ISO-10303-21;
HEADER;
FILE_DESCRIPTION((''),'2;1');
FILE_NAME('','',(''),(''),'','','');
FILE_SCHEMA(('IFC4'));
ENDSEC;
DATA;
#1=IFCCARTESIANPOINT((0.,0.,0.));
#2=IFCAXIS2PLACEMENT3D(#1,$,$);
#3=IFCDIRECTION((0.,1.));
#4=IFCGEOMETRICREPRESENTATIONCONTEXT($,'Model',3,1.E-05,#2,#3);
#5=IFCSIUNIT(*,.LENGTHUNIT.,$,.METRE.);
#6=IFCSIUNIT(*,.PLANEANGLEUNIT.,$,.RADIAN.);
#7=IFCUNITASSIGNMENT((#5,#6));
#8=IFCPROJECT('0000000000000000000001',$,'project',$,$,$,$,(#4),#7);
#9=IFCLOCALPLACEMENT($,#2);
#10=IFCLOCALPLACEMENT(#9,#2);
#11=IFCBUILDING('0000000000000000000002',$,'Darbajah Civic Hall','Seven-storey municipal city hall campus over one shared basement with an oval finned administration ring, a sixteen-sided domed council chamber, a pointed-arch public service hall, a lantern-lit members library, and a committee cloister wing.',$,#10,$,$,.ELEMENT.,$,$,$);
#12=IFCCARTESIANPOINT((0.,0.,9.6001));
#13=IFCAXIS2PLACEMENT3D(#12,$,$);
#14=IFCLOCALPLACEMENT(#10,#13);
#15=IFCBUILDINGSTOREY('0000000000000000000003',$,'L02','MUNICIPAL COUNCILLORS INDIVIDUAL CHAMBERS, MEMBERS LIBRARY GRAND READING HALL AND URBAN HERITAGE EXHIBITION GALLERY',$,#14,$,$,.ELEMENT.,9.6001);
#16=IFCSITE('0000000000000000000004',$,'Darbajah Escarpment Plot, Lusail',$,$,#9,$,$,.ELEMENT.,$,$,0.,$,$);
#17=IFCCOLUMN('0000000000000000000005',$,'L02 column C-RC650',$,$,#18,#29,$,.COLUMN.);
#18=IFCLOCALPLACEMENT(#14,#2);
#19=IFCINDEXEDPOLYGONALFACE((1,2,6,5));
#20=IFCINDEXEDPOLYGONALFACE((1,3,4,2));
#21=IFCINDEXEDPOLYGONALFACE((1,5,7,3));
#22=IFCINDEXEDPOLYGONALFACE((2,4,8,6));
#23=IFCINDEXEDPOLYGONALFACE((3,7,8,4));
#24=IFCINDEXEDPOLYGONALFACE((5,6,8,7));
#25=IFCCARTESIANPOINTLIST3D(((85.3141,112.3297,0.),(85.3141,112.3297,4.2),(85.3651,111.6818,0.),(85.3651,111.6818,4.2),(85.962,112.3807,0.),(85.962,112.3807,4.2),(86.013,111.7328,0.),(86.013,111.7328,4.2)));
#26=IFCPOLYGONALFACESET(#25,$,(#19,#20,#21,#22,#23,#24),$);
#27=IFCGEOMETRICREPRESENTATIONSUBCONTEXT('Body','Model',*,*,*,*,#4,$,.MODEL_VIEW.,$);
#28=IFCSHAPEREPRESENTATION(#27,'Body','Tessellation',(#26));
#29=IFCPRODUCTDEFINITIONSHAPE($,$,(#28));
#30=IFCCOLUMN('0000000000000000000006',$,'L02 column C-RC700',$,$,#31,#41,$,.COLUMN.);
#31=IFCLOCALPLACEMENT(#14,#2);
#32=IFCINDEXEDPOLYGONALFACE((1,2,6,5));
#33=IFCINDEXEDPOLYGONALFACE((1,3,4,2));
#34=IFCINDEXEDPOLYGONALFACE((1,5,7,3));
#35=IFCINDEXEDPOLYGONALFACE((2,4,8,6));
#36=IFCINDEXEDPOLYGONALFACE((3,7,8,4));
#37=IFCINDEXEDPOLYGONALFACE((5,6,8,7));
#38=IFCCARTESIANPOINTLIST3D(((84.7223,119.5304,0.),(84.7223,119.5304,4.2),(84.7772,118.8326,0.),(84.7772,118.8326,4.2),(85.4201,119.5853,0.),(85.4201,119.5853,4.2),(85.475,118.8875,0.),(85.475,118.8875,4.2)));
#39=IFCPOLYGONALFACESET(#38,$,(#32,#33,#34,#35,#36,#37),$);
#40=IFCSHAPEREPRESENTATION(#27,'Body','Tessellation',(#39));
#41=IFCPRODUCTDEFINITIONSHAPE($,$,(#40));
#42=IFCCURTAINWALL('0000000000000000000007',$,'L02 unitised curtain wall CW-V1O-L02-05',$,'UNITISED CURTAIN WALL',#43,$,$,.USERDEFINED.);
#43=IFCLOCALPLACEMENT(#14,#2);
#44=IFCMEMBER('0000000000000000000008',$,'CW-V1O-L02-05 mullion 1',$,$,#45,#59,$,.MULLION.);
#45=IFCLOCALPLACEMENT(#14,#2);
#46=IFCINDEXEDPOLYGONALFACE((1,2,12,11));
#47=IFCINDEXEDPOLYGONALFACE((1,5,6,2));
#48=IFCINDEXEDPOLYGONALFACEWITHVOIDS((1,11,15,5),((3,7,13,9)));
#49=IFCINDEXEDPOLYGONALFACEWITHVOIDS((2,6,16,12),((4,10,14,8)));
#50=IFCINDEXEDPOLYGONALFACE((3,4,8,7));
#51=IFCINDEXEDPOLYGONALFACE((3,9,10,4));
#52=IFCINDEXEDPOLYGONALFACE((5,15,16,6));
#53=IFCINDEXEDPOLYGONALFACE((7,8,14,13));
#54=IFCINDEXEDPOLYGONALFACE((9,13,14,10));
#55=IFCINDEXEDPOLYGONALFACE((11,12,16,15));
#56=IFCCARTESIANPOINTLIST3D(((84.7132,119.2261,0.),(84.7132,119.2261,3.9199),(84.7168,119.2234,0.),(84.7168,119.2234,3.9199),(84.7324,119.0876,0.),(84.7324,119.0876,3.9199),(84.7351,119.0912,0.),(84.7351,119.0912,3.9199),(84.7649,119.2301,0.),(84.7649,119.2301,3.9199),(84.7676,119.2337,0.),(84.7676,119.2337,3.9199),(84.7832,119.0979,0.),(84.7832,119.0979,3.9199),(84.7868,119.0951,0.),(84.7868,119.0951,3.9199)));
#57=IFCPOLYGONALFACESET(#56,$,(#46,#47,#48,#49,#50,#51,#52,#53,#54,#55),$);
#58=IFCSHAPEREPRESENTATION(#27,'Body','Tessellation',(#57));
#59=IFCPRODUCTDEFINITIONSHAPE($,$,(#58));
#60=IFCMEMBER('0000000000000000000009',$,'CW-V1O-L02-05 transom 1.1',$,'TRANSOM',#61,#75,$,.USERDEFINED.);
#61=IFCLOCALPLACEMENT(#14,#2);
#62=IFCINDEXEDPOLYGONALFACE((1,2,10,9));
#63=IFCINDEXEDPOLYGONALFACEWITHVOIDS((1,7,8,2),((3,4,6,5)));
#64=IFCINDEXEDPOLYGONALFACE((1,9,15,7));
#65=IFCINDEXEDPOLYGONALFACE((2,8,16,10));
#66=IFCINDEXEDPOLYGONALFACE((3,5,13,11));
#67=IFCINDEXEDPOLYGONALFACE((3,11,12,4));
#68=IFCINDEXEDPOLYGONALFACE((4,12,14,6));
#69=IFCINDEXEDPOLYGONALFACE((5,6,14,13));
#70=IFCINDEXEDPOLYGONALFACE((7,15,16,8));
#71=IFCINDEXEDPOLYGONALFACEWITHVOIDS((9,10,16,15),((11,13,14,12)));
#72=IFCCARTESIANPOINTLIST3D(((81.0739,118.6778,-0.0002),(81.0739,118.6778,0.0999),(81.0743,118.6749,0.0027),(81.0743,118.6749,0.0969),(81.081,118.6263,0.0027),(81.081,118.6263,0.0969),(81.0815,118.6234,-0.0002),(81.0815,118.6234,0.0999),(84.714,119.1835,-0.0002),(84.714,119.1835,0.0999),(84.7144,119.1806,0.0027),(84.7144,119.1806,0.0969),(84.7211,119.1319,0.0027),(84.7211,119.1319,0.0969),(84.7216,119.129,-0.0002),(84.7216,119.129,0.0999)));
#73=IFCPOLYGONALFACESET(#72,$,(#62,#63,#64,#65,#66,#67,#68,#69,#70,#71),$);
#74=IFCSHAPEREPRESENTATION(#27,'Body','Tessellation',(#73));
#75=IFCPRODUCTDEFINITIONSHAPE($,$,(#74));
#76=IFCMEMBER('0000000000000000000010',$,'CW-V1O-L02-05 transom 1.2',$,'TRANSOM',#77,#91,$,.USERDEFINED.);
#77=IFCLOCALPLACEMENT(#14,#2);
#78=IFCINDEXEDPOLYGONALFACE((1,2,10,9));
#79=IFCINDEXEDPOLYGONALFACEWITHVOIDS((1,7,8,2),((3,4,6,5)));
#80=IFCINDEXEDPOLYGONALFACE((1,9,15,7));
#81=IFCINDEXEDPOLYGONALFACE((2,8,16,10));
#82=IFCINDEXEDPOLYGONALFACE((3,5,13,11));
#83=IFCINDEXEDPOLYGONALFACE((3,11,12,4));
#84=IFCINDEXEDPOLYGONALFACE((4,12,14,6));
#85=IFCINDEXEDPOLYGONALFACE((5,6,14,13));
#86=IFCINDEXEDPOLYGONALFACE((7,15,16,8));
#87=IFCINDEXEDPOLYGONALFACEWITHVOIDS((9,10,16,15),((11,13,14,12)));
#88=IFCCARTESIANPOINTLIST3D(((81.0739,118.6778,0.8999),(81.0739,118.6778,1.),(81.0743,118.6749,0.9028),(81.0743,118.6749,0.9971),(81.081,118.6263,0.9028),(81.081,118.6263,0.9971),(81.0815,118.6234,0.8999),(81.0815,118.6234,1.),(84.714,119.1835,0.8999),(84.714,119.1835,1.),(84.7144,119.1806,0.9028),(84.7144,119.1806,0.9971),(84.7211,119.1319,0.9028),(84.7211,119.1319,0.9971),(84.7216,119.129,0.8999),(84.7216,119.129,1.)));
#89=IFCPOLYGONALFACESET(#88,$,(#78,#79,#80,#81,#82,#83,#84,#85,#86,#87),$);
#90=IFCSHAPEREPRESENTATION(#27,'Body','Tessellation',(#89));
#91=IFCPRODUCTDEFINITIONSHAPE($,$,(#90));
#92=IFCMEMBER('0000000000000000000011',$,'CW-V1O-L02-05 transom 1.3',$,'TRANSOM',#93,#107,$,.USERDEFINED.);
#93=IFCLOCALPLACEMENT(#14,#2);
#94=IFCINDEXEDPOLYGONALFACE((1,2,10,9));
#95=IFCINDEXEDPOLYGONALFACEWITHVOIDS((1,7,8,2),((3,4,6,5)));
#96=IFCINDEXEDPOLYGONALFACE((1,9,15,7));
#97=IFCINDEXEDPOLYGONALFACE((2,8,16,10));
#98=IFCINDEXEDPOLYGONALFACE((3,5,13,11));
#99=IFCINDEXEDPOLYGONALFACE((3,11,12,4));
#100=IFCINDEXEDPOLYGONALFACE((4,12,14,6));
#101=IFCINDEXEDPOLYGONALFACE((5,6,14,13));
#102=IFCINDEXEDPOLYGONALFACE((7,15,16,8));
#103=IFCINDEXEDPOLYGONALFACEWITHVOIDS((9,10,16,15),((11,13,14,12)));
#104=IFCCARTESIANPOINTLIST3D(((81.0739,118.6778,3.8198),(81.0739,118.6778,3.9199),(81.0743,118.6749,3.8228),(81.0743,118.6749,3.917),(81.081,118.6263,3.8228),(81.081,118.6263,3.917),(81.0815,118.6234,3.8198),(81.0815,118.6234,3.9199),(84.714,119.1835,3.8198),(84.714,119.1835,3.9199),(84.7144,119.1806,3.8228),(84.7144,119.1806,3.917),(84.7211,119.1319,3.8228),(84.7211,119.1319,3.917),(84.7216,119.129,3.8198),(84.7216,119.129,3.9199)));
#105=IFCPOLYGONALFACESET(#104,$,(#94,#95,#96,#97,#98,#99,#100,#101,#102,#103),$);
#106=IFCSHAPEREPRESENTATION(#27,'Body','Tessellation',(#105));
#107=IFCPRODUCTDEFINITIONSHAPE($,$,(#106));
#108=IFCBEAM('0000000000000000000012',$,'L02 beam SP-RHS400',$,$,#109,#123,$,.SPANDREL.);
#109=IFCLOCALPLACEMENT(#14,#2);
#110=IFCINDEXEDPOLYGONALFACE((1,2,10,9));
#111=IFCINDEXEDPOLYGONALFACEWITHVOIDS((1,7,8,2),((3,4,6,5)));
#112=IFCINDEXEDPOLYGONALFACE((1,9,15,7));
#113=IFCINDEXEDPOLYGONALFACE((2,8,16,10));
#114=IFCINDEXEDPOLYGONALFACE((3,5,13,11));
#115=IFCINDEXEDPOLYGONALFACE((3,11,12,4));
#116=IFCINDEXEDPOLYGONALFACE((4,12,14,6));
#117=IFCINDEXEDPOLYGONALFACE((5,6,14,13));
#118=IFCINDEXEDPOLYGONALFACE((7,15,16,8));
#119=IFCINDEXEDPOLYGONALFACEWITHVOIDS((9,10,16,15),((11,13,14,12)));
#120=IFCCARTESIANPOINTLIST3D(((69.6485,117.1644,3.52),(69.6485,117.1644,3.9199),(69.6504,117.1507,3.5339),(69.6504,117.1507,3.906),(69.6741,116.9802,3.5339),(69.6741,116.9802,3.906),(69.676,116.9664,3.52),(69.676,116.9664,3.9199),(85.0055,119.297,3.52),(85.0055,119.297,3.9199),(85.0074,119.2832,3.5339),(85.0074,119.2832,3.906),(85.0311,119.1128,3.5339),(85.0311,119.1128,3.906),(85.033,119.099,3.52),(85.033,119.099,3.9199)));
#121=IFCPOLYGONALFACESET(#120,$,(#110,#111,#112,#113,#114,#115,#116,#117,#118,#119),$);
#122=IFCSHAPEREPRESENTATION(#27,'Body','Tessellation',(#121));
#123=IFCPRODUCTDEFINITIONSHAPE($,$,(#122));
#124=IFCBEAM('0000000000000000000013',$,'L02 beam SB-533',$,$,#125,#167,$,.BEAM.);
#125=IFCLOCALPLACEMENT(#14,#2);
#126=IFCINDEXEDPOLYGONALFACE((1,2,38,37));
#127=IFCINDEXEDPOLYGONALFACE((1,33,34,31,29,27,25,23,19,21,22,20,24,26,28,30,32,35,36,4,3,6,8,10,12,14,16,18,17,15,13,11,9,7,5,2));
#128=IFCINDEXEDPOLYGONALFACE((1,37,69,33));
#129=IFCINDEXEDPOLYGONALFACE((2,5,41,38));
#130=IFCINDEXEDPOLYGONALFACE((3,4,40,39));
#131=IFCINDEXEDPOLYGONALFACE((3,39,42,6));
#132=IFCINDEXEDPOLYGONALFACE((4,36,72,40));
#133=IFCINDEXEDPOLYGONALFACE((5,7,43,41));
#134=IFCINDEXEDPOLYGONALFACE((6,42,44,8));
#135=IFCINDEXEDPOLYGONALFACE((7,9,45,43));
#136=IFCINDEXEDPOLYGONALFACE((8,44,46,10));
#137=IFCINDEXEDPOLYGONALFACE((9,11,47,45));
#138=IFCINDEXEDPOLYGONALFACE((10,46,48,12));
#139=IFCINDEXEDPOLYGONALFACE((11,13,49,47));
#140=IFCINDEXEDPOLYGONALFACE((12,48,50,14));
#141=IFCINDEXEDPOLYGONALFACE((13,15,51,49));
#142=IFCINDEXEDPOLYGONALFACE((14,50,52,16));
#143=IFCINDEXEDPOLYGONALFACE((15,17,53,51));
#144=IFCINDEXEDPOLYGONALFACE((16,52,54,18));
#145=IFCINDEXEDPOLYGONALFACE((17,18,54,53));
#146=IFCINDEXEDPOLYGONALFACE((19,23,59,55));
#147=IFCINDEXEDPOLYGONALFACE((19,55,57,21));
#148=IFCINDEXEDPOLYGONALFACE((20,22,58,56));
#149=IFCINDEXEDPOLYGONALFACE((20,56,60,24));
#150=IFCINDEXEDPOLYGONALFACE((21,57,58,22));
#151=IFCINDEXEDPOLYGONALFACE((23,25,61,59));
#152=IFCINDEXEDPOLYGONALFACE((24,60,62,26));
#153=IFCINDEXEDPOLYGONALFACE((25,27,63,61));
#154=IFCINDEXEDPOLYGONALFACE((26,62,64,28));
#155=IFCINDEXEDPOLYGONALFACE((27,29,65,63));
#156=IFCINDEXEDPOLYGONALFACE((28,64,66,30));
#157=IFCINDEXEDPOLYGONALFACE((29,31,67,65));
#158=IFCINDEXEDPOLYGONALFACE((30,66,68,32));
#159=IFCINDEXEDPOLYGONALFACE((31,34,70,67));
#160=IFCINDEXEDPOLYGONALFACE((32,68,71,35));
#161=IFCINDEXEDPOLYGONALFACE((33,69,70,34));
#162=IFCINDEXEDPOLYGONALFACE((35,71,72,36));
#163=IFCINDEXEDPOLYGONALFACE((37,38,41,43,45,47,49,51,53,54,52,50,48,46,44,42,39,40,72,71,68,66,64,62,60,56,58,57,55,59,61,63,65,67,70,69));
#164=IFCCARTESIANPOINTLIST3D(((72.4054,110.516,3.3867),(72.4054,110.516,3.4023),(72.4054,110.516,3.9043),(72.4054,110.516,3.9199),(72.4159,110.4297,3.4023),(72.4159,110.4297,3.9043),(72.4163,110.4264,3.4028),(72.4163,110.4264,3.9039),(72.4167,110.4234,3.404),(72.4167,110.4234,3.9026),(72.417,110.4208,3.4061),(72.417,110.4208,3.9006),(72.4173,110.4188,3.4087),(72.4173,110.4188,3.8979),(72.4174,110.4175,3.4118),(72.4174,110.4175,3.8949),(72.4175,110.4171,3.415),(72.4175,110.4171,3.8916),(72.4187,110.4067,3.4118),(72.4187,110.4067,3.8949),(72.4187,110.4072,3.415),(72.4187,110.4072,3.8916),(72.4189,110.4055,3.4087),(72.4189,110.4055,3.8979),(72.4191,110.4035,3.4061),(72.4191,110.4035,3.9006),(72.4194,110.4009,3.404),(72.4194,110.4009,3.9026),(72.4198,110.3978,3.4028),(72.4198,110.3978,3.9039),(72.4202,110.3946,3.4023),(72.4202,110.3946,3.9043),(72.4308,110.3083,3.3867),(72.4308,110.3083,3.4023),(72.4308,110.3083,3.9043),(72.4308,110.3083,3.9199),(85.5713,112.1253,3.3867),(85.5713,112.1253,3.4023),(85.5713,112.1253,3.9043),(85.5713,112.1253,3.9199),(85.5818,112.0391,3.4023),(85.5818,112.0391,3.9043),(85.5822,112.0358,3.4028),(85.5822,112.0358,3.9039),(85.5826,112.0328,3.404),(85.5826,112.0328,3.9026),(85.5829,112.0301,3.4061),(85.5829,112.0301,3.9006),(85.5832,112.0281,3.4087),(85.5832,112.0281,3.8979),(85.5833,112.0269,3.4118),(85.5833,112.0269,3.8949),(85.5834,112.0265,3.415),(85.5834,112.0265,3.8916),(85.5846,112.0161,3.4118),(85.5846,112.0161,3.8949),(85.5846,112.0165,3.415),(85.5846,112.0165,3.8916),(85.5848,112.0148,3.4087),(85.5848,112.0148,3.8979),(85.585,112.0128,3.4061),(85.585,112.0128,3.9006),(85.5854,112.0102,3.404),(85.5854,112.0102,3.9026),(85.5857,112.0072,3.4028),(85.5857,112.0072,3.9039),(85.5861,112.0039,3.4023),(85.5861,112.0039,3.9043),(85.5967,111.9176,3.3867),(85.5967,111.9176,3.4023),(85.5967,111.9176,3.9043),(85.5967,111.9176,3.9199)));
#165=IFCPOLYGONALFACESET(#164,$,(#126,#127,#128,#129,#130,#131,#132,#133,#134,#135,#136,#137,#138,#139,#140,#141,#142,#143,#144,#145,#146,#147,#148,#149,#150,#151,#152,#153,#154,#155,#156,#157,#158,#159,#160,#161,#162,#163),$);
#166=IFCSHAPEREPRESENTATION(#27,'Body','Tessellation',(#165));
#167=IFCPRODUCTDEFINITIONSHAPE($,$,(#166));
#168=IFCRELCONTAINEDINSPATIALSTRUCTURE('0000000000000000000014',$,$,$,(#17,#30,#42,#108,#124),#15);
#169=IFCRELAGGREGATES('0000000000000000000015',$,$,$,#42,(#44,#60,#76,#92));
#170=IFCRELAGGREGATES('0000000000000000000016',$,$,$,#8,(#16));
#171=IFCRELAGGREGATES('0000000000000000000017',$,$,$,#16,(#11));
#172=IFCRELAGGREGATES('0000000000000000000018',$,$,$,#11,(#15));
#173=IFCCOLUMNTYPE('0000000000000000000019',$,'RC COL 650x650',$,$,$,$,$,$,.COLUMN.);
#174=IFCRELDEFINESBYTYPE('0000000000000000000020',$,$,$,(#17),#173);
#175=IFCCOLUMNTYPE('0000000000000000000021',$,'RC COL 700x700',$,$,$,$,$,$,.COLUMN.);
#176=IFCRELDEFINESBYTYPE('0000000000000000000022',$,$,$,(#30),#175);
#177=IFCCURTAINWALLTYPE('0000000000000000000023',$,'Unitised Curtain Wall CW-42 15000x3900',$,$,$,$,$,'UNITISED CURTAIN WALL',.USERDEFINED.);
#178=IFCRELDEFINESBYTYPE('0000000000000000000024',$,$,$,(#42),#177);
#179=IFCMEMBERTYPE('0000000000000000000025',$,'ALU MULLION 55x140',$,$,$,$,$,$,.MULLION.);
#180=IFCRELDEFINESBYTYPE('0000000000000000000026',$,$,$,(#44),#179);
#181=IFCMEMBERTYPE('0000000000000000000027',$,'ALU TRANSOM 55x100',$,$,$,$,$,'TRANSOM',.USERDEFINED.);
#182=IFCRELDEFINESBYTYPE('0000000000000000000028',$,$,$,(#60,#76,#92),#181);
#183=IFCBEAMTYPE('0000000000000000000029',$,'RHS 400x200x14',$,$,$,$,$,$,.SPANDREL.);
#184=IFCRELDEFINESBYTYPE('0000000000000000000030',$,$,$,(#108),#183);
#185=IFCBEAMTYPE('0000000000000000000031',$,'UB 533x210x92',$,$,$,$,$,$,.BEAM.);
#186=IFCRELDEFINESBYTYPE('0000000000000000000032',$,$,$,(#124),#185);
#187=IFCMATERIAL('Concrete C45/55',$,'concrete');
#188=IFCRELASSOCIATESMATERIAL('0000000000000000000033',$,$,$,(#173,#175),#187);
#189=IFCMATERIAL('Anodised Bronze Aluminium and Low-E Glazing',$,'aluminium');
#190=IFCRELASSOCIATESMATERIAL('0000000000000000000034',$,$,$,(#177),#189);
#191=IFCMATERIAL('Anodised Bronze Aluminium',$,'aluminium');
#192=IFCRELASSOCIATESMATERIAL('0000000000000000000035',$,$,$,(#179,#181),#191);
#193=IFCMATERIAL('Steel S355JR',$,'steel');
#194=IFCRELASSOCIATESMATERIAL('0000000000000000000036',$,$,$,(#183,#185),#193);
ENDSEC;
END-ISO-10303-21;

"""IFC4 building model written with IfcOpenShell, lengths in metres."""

from ifc_helpers import new_model, si_unit, direction, frame, origin, origin_2d, place, context, subcontext, project, spatial, rectangle, hollow_rectangle, i_section, extrude, material, material_profile, profile_set, type_object, element, aggregate, save


model = new_model("IFC4")

# Units and contexts
model_context = context("Model", 3, precision=1e-05, world=origin(), true_north=direction((0.0, 1.0)))
body_context = subcontext(model_context, "Body", "Model", "MODEL_VIEW")
ifc_project = project(units=[si_unit("LENGTHUNIT", "METRE"), si_unit("PLANEANGLEUNIT", "RADIAN")], contexts=[model_context])

# Site, building, storey
site_placement = place(None, origin())
site = spatial("IfcSite", under=ifc_project, at=site_placement, Name="Darbajah Escarpment Plot, Lusail", CompositionType="ELEMENT", RefElevation=0.0)
building_placement = place(site_placement, origin())
building = spatial("IfcBuilding", under=site, at=building_placement, Name="Darbajah Civic Hall", Description="Seven-storey municipal city hall campus over one shared basement with an oval finned administration ring, a sixteen-sided domed council chamber, a pointed-arch public service hall, a lantern-lit members library, and a committee cloister wing.", CompositionType="ELEMENT")
storey_placement = place(building_placement, frame((0.0, 0.0, 9.6001)))
storey = spatial("IfcBuildingStorey", under=building, at=storey_placement, Name="L02", Description="MUNICIPAL COUNCILLORS INDIVIDUAL CHAMBERS, MEMBERS LIBRARY GRAND READING HALL AND URBAN HERITAGE EXHIBITION GALLERY", CompositionType="ELEMENT", Elevation=9.6001)

# Columns
ifc_material_1 = material(Name="Concrete C45/55", Category="concrete")
ifc_material_profile_1 = material_profile(ifc_material_1, rectangle(XDim=0.6499, YDim=0.6499, at=origin_2d()), Name="RC COL 650x650")
ifc_profile_set_1 = profile_set([ifc_material_profile_1], Name="Concrete C45/55")
column_type_1 = type_object("IfcColumnType", Name="RC COL 650x650", PredefinedType="COLUMN", material=ifc_profile_set_1)
column_1_placement = place(storey_placement, frame((85.6636, 112.0312, 0.0), z_axis=(0.0, 0.0, 1.0), x_axis=(-0.078459, 0.996917, 0.0)))
element("IfcColumn", 1, at=column_1_placement, inside=storey, type_object=column_type_1, Name="L02 column C-RC650", PredefinedType="COLUMN", context=body_context, shape_type="SweptSolid", body=[
    extrude(rectangle(XDim=0.6499, YDim=0.6499, at=origin_2d()), origin(), (0.0, 0.0, 1.0), 4.2),
])
ifc_material_profile_2 = material_profile(ifc_material_1, rectangle(XDim=0.7, YDim=0.7, at=origin_2d()), Name="RC COL 700x700")
ifc_profile_set_2 = profile_set([ifc_material_profile_2], Name="Concrete C45/55")
column_type_2 = type_object("IfcColumnType", Name="RC COL 700x700", PredefinedType="COLUMN", material=ifc_profile_set_2)
column_2_placement = place(storey_placement, frame((85.0986, 119.209, 0.0), z_axis=(0.0, 0.0, 1.0), x_axis=(-0.078459, 0.996917, 0.0)))
element("IfcColumn", 2, at=column_2_placement, inside=storey, type_object=column_type_2, Name="L02 column C-RC700", PredefinedType="COLUMN", context=body_context, shape_type="SweptSolid", body=[
    extrude(rectangle(XDim=0.7, YDim=0.7, at=origin_2d()), origin(), (0.0, 0.0, 1.0), 4.2),
])

# Curtain wall, members
ifc_material_2 = material(Name="Anodised Bronze Aluminium and Low-E Glazing", Category="aluminium")
curtain_wall_type = type_object("IfcCurtainWallType", Name="Unitised Curtain Wall CW-42 15000x3900", ElementType="UNITISED CURTAIN WALL", PredefinedType="USERDEFINED", material=ifc_material_2)
curtain_wall_placement = place(storey_placement, origin())
curtain_wall = element("IfcCurtainWall", 3, at=curtain_wall_placement, inside=storey, type_object=curtain_wall_type, Name="L02 unitised curtain wall CW-V1O-L02-05", ObjectType="UNITISED CURTAIN WALL", PredefinedType="USERDEFINED")
ifc_material_3 = material(Name="Anodised Bronze Aluminium", Category="aluminium")
ifc_material_profile_3 = material_profile(ifc_material_3, hollow_rectangle(XDim=0.0549, YDim=0.1399, WallThickness=0.0032, at=origin_2d()), Name="ALU MULLION 55x140")
ifc_profile_set_3 = profile_set([ifc_material_profile_3], Name="Anodised Bronze Aluminium")
member_type_1 = type_object("IfcMemberType", Name="ALU MULLION 55x140", PredefinedType="MULLION", material=ifc_profile_set_3)
member_1_placement = place(storey_placement, frame((84.75, 119.1606, 0.0), z_axis=(0.0, 0.0, 1.0), x_axis=(-0.990485, -0.137617, 0.0)))
member_1 = element("IfcMember", 4, at=member_1_placement, type_object=member_type_1, Name="CW-V1O-L02-05 mullion 1", PredefinedType="MULLION", context=body_context, shape_type="SweptSolid", body=[
    extrude(hollow_rectangle(XDim=0.0549, YDim=0.1399, WallThickness=0.0032, at=origin_2d()), origin(), (0.0, 0.0, 1.0), 3.9199),
])
ifc_material_profile_4 = material_profile(ifc_material_3, hollow_rectangle(XDim=0.0549, YDim=0.1001, WallThickness=0.0029, at=origin_2d()), Name="ALU TRANSOM 55x100")
ifc_profile_set_4 = profile_set([ifc_material_profile_4], Name="Anodised Bronze Aluminium")
member_type_2 = type_object("IfcMemberType", Name="ALU TRANSOM 55x100", ElementType="TRANSOM", PredefinedType="USERDEFINED", material=ifc_profile_set_4)
member_2_placement = place(storey_placement, frame((84.7178, 119.1562, 0.0498), z_axis=(-0.990491, -0.137579, 0.0), x_axis=(0.137579, -0.990491, 0.0)))
member_2 = element("IfcMember", 5, at=member_2_placement, type_object=member_type_2, Name="CW-V1O-L02-05 transom 1.1", ObjectType="TRANSOM", PredefinedType="USERDEFINED", context=body_context, shape_type="SweptSolid", body=[
    extrude(hollow_rectangle(XDim=0.0549, YDim=0.1001, WallThickness=0.0029, at=origin_2d()), origin(), (0.0, 0.0, 1.0), 3.675),
])
member_3_placement = place(storey_placement, frame((84.7178, 119.1562, 0.95), z_axis=(-0.990491, -0.137579, 0.0), x_axis=(0.137579, -0.990491, 0.0)))
member_3 = element("IfcMember", 6, at=member_3_placement, type_object=member_type_2, Name="CW-V1O-L02-05 transom 1.2", ObjectType="TRANSOM", PredefinedType="USERDEFINED", context=body_context, shape_type="SweptSolid", body=[
    extrude(hollow_rectangle(XDim=0.0549, YDim=0.1001, WallThickness=0.0029, at=origin_2d()), origin(), (0.0, 0.0, 1.0), 3.675),
])
member_4_placement = place(storey_placement, frame((84.7178, 119.1562, 3.8699), z_axis=(-0.990491, -0.137579, 0.0), x_axis=(0.137579, -0.990491, 0.0)))
member_4 = element("IfcMember", 7, at=member_4_placement, type_object=member_type_2, Name="CW-V1O-L02-05 transom 1.3", ObjectType="TRANSOM", PredefinedType="USERDEFINED", context=body_context, shape_type="SweptSolid", body=[
    extrude(hollow_rectangle(XDim=0.0549, YDim=0.1001, WallThickness=0.0029, at=origin_2d()), origin(), (0.0, 0.0, 1.0), 3.675),
])
aggregate(curtain_wall, [member_1, member_2, member_3, member_4])

# Beams
ifc_material_4 = material(Name="Steel S355JR", Category="steel")
ifc_material_profile_5 = material_profile(ifc_material_4, hollow_rectangle(XDim=0.2, YDim=0.3999, WallThickness=0.0139, at=origin_2d()), Name="RHS 400x200x14")
ifc_profile_set_5 = profile_set([ifc_material_profile_5], Name="Steel S355JR")
beam_type_1 = type_object("IfcBeamType", Name="RHS 400x200x14", PredefinedType="SPANDREL", material=ifc_profile_set_5)
beam_1_placement = place(storey_placement, frame((85.0193, 119.198, 3.72), z_axis=(-0.990495, -0.137547, 0.0), x_axis=(0.137547, -0.990495, 0.0)))
element("IfcBeam", 8, at=beam_1_placement, inside=storey, type_object=beam_type_1, Name="L02 beam SP-RHS400", PredefinedType="SPANDREL", context=body_context, shape_type="SweptSolid", body=[
    extrude(hollow_rectangle(XDim=0.2, YDim=0.3999, WallThickness=0.0139, at=origin_2d()), origin(), (0.0, 0.0, 1.0), 15.5044),
])
ifc_material_profile_6 = material_profile(ifc_material_4, i_section(OverallWidth=0.2092, OverallDepth=0.5332, WebThickness=0.01, FlangeThickness=0.0156, FilletRadius=0.0127, at=origin_2d()), Name="UB 533x210x92")
ifc_profile_set_6 = profile_set([ifc_material_profile_6], Name="Steel S355JR")
beam_type_2 = type_object("IfcBeamType", Name="UB 533x210x92", PredefinedType="BEAM", material=ifc_profile_set_6)
beam_2_placement = place(storey_placement, frame((85.584, 112.0215, 3.6533), z_axis=(-0.992612, -0.121334, 0.0), x_axis=(0.121334, -0.992612, 0.0)))
element("IfcBeam", 9, at=beam_2_placement, inside=storey, type_object=beam_type_2, Name="L02 beam SB-533", PredefinedType="BEAM", context=body_context, shape_type="SweptSolid", body=[
    extrude(i_section(OverallWidth=0.2092, OverallDepth=0.5332, WebThickness=0.01, FlangeThickness=0.0156, FilletRadius=0.0127, at=origin_2d()), origin(), (0.0, 0.0, 1.0), 13.2639),
])

save(model, "model.ifc")
